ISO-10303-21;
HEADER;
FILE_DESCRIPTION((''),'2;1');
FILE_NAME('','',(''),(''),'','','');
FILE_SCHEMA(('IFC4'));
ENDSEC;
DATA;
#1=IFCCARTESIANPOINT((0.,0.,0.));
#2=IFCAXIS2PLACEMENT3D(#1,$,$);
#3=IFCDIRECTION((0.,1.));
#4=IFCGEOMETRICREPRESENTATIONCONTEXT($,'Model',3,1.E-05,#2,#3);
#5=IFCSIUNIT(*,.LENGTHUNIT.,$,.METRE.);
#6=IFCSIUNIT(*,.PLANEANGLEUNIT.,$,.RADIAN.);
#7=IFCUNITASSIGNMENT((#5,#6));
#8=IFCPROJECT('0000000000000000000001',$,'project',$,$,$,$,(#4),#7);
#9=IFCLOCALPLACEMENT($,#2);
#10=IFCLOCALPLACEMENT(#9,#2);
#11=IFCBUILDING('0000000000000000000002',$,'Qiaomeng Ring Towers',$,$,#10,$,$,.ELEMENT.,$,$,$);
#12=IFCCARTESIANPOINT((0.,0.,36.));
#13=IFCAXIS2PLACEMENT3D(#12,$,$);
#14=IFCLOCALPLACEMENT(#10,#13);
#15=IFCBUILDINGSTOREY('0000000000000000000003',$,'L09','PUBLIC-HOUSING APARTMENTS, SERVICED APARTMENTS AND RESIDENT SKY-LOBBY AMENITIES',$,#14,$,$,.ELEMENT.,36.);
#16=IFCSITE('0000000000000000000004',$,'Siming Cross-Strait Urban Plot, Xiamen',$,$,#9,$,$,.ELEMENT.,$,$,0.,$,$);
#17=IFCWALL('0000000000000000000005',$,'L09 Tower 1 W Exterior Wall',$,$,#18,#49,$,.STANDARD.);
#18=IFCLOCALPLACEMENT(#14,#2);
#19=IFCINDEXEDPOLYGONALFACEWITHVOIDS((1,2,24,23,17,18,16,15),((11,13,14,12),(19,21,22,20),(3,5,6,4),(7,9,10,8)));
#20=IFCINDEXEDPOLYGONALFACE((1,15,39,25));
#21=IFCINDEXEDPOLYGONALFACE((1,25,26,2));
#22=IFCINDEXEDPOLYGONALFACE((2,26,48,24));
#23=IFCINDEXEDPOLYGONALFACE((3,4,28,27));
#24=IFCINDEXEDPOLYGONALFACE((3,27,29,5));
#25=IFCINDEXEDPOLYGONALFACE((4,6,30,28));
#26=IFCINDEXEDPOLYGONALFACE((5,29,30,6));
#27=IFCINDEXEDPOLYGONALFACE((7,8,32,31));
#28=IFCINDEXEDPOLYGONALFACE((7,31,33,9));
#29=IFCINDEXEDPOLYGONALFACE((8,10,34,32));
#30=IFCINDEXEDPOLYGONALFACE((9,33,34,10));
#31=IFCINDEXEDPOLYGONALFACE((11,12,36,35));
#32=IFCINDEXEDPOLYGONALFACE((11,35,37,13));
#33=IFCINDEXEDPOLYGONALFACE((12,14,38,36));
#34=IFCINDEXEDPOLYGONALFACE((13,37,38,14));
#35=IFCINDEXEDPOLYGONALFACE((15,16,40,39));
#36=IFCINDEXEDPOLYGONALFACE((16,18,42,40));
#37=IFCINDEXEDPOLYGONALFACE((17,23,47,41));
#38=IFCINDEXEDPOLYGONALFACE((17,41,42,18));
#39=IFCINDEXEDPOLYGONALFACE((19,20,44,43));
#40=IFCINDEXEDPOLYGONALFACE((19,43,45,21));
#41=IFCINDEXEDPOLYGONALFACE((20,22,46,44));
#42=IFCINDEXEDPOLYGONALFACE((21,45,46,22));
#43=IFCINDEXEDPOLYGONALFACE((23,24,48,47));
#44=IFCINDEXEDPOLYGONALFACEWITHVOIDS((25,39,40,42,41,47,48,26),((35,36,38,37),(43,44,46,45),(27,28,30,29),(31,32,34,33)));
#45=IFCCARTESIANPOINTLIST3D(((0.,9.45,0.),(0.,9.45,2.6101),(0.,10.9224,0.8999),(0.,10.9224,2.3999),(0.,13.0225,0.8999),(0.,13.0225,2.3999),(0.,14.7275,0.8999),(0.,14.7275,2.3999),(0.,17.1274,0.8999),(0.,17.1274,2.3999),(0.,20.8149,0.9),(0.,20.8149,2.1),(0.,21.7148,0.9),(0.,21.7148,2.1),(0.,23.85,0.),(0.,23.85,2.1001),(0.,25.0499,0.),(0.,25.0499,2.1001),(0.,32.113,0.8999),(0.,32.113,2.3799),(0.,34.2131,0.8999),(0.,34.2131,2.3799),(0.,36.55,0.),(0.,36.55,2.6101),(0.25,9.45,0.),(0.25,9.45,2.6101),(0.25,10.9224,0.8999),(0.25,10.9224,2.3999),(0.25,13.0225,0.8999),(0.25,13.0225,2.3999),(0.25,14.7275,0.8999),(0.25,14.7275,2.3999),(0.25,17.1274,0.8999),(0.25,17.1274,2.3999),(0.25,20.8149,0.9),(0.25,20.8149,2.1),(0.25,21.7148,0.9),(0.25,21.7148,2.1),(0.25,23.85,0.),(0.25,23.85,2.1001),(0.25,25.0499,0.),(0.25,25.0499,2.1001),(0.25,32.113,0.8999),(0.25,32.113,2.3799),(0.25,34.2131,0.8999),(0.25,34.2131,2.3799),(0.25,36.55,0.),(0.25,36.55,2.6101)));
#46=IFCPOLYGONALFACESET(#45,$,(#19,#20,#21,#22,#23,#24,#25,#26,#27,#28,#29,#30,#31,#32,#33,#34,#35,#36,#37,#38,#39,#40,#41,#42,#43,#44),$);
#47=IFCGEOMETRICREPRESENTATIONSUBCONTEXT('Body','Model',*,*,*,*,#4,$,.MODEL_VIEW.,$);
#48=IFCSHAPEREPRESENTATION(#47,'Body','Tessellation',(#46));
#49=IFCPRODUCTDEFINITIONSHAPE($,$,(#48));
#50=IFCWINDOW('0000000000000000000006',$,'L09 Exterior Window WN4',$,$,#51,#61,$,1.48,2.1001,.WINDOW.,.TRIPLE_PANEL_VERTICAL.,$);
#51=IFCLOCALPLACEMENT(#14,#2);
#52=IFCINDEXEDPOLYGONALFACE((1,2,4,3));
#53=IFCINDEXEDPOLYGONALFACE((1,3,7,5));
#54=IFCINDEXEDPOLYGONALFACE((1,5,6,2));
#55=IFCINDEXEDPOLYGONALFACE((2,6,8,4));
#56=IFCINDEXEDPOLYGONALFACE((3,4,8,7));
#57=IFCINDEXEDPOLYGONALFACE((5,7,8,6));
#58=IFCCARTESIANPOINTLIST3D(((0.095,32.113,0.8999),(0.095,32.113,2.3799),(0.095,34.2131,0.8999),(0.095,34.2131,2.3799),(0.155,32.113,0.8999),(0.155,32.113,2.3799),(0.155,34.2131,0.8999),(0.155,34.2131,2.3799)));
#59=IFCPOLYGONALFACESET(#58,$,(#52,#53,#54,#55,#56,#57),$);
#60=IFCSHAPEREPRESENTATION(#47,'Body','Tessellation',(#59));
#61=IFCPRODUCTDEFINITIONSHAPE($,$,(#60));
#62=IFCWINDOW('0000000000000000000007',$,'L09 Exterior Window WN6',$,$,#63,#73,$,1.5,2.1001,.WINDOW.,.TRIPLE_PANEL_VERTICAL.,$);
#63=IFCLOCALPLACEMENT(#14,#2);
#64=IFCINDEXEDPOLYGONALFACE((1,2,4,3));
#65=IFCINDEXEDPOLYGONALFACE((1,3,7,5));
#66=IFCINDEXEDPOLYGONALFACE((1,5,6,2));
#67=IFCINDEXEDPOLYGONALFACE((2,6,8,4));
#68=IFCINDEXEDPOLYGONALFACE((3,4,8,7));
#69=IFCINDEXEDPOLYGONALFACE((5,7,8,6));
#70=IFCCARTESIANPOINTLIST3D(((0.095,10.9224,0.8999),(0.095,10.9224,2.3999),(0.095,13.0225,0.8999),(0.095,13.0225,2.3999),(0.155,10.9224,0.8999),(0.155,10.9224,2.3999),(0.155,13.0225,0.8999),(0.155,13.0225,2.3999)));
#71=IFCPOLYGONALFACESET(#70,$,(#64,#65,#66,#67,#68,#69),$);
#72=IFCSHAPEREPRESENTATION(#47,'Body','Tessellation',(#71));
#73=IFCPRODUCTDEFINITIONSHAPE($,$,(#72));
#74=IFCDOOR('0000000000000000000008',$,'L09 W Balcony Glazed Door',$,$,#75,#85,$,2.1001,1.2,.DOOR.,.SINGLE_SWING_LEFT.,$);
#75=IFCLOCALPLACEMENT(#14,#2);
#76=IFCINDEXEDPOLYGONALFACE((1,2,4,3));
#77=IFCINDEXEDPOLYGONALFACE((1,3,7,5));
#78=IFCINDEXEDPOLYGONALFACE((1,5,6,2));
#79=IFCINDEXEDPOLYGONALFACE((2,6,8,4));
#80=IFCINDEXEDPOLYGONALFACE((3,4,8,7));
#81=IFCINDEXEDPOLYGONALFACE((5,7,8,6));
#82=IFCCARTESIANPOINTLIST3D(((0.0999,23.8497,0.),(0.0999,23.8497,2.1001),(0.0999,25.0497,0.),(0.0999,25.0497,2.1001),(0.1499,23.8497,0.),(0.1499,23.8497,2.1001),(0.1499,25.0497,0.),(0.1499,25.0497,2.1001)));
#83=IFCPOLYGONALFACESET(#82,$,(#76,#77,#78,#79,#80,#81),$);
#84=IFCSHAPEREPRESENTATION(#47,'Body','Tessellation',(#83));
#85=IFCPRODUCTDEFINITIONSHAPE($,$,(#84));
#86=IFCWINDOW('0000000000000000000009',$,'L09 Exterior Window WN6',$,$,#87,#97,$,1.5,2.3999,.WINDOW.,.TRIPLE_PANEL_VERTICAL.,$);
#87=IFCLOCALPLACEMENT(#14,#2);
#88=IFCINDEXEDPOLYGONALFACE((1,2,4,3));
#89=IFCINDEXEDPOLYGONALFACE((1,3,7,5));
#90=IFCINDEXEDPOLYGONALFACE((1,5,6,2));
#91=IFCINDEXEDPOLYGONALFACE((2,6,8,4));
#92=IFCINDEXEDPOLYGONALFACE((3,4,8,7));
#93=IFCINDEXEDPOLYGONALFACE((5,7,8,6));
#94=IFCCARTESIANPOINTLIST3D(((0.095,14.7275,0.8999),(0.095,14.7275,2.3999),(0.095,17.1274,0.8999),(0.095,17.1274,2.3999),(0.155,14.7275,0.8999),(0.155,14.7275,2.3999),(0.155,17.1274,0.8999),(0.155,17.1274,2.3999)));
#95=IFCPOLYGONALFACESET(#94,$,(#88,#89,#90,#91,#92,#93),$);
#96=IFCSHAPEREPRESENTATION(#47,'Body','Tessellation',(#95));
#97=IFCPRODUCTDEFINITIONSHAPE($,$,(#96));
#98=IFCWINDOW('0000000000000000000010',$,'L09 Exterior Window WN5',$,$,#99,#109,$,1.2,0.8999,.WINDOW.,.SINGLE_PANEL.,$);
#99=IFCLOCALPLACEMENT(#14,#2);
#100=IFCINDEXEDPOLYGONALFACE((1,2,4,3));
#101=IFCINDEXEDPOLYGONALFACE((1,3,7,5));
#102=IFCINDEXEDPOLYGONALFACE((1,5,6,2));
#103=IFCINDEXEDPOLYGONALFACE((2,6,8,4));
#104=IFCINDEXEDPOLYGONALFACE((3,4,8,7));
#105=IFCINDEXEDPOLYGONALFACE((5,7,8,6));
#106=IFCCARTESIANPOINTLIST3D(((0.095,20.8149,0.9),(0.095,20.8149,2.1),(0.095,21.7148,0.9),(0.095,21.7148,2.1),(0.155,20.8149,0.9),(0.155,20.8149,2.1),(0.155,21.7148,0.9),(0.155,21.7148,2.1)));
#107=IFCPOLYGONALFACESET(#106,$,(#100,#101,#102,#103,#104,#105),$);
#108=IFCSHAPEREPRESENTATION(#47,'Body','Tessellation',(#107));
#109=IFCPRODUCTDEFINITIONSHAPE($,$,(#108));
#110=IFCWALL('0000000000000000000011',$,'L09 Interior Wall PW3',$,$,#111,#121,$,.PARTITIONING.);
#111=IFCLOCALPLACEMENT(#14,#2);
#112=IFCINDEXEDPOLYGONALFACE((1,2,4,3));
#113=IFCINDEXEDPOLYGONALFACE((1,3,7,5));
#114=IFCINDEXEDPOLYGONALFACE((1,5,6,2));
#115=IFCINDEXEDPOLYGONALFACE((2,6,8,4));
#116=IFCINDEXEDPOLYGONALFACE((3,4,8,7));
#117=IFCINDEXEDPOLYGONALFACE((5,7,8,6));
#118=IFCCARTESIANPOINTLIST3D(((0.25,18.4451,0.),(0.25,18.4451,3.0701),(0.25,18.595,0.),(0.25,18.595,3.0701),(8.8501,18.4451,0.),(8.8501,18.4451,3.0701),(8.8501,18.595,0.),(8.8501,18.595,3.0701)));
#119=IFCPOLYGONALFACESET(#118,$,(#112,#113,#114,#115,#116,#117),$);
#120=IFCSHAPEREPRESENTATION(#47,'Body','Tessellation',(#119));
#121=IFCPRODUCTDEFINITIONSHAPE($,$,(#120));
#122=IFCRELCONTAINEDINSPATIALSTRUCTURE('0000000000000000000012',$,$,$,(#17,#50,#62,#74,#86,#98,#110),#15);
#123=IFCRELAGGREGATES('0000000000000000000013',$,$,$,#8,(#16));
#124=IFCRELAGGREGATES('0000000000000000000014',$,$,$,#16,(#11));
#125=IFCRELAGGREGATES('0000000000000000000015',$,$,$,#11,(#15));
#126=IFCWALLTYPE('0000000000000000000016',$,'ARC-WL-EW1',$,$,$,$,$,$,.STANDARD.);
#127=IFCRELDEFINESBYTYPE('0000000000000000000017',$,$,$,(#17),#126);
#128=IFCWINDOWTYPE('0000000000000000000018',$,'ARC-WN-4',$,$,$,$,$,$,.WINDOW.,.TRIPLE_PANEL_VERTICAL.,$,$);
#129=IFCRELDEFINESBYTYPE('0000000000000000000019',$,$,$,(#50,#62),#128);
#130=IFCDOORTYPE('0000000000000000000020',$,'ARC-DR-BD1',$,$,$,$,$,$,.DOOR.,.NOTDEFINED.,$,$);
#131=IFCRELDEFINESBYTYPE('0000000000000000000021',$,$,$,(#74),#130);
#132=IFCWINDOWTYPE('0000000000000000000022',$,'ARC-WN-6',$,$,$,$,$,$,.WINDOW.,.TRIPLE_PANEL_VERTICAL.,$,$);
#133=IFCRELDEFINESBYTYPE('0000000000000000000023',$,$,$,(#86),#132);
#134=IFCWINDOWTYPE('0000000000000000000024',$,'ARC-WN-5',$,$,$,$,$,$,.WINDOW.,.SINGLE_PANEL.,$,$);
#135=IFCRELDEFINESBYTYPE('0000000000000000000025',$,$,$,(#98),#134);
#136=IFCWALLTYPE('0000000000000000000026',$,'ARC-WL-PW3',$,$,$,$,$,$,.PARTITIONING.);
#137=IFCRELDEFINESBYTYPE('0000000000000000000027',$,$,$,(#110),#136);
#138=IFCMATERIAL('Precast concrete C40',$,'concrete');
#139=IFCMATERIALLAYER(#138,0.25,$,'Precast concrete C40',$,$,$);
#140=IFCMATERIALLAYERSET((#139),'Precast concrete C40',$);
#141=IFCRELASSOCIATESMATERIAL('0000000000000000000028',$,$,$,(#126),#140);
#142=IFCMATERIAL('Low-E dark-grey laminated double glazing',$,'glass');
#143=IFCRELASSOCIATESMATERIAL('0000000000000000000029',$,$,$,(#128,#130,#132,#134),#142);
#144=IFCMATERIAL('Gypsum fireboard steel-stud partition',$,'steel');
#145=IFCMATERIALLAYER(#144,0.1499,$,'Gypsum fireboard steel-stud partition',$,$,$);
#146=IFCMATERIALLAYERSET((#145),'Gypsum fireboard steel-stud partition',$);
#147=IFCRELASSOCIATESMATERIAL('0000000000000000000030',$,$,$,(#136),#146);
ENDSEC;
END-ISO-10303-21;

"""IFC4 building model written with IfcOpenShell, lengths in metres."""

from ifc_helpers import new_model, si_unit, direction, frame, frame_2d, origin, place, context, subcontext, project, spatial, rectangle, extrude, source, transform, mapped, material, layer, layer_set, type_object, element, fill, save


model = new_model("IFC4")

# Units and contexts
model_context = context("Model", 3, precision=1e-05, world=origin(), true_north=direction((0.0, 1.0)))
body_context = subcontext(model_context, "Body", "Model", "MODEL_VIEW")
ifc_project = project(units=[si_unit("LENGTHUNIT", "METRE"), si_unit("PLANEANGLEUNIT", "RADIAN")], contexts=[model_context])

# Site, building, storey
site_placement = place(None, origin())
site = spatial("IfcSite", under=ifc_project, at=site_placement, Name="Siming Cross-Strait Urban Plot, Xiamen", CompositionType="ELEMENT", RefElevation=0.0)
building_placement = place(site_placement, origin())
building = spatial("IfcBuilding", under=site, at=building_placement, Name="Qiaomeng Ring Towers", CompositionType="ELEMENT")
storey_placement = place(building_placement, frame((0.0, 0.0, 36.0)))
storey = spatial("IfcBuildingStorey", under=building, at=storey_placement, Name="L09", Description="PUBLIC-HOUSING APARTMENTS, SERVICED APARTMENTS AND RESIDENT SKY-LOBBY AMENITIES", CompositionType="ELEMENT", Elevation=36.0)

# Wall, openings, windows, door
ifc_material_1 = material(Name="Precast concrete C40", Category="concrete")
ifc_layer_1 = layer(ifc_material_1, 0.25, Name="Precast concrete C40")
ifc_layer_set_1 = layer_set([ifc_layer_1], Name="Precast concrete C40")
wall_type_1 = type_object("IfcWallType", Name="ARC-WL-EW1", PredefinedType="STANDARD", material=ifc_layer_set_1)
wall_1_placement = place(storey_placement, frame((0.125, 9.45, 0.0), z_axis=(0.0, 0.0, 1.0), x_axis=(0.0, 1.0, 0.0)))
wall_1 = element("IfcWall", 1, at=wall_1_placement, inside=storey, type_object=wall_type_1, Name="L09 Tower 1 W Exterior Wall", PredefinedType="STANDARD", context=body_context, shape_type="SweptSolid", body=[
    extrude(rectangle(XDim=27.1001, YDim=0.25, at=frame_2d((13.55, 0.0))), origin(), (0.0, 0.0, 1.0), 2.6101),
])
opening_1_placement = place(wall_1_placement, frame((14.3999, 0.0, 0.0)))
opening_1 = element("IfcOpeningElement", 2, at=opening_1_placement, cuts=wall_1, PredefinedType="OPENING", context=body_context, shape_type="SweptSolid", body=[
    extrude(rectangle(XDim=1.2, YDim=2.1001, at=frame_2d((0.6001, 1.05))), frame((0.0, 0.135, 0.0), z_axis=(0.0, -1.0, 0.0), x_axis=(1.0, 0.0, 0.0)), (0.0, 0.0, 1.0), 0.27),
])
opening_2_placement = place(wall_1_placement, frame((1.4724, 0.0, 0.8999)))
opening_2 = element("IfcOpeningElement", 3, at=opening_2_placement, cuts=wall_1, PredefinedType="OPENING", context=body_context, shape_type="SweptSolid", body=[
    extrude(rectangle(XDim=2.1001, YDim=1.5, at=frame_2d((1.05, 0.75))), frame((0.0, 0.135, 0.0), z_axis=(0.0, -1.0, 0.0), x_axis=(1.0, 0.0, 0.0)), (0.0, 0.0, 1.0), 0.27),
])
opening_3_placement = place(wall_1_placement, frame((22.6631, 0.0, 0.8999)))
opening_3 = element("IfcOpeningElement", 4, at=opening_3_placement, cuts=wall_1, PredefinedType="OPENING", context=body_context, shape_type="SweptSolid", body=[
    extrude(rectangle(XDim=2.1001, YDim=1.48, at=frame_2d((1.05, 0.74))), frame((0.0, 0.135, 0.0), z_axis=(0.0, -1.0, 0.0), x_axis=(1.0, 0.0, 0.0)), (0.0, 0.0, 1.0), 0.27),
])
opening_4_placement = place(wall_1_placement, frame((5.2776, 0.0, 0.8999)))
opening_4 = element("IfcOpeningElement", 5, at=opening_4_placement, cuts=wall_1, PredefinedType="OPENING", context=body_context, shape_type="SweptSolid", body=[
    extrude(rectangle(XDim=2.3999, YDim=1.5, at=frame_2d((1.2, 0.75))), frame((0.0, 0.135, 0.0), z_axis=(0.0, -1.0, 0.0), x_axis=(1.0, 0.0, 0.0)), (0.0, 0.0, 1.0), 0.27),
])
opening_5_placement = place(wall_1_placement, frame((11.365, 0.0, 0.8999)))
opening_5 = element("IfcOpeningElement", 6, at=opening_5_placement, cuts=wall_1, PredefinedType="OPENING", context=body_context, shape_type="SweptSolid", body=[
    extrude(rectangle(XDim=0.8999, YDim=1.2, at=frame_2d((0.45, 0.6001))), frame((0.0, 0.135, 0.0), z_axis=(0.0, -1.0, 0.0), x_axis=(1.0, 0.0, 0.0)), (0.0, 0.0, 1.0), 0.27),
])
ifc_material_2 = material(Name="Low-E dark-grey laminated double glazing", Category="glass")
window_type_1 = type_object("IfcWindowType", Name="ARC-WN-4", PartitioningType="TRIPLE_PANEL_VERTICAL", PredefinedType="WINDOW", material=ifc_material_2)
shared_shape_1 = source(origin(), body_context, "Body", "SweptSolid", [
    extrude(rectangle(XDim=2.1001, YDim=1.48, at=frame_2d((1.05, 0.74))), frame((0.0, 0.03, 0.0), z_axis=(0.0, -1.0, 0.0), x_axis=(1.0, 0.0, 0.0)), (0.0, 0.0, 1.0), 0.0601),
])
window_1_placement = place(opening_3_placement, origin())
window_1 = element("IfcWindow", 7, at=window_1_placement, inside=storey, type_object=window_type_1, Name="L09 Exterior Window WN4", OverallHeight=1.48, OverallWidth=2.1001, PartitioningType="TRIPLE_PANEL_VERTICAL", PredefinedType="WINDOW", context=body_context, shape_type="MappedRepresentation", body=[
    mapped(shared_shape_1, transform((0.0, 0.0, 0.0), x_axis=(1.0, 0.0, 0.0), y_axis=(0.0, 1.0, 0.0), z_axis=(0.0, 0.0, 1.0), scale=1.0)),
])
fill(opening_3, window_1)
shared_shape_2 = source(origin(), body_context, "Body", "SweptSolid", [
    extrude(rectangle(XDim=2.1001, YDim=1.5, at=frame_2d((1.05, 0.75))), frame((0.0, 0.03, 0.0), z_axis=(0.0, -1.0, 0.0), x_axis=(1.0, 0.0, 0.0)), (0.0, 0.0, 1.0), 0.0601),
])
window_2_placement = place(opening_2_placement, origin())
window_2 = element("IfcWindow", 8, at=window_2_placement, inside=storey, type_object=window_type_1, Name="L09 Exterior Window WN6", OverallHeight=1.5, OverallWidth=2.1001, PartitioningType="TRIPLE_PANEL_VERTICAL", PredefinedType="WINDOW", context=body_context, shape_type="MappedRepresentation", body=[
    mapped(shared_shape_2, transform((0.0, 0.0, 0.0), x_axis=(1.0, 0.0, 0.0), y_axis=(0.0, 1.0, 0.0), z_axis=(0.0, 0.0, 1.0), scale=1.0)),
])
fill(opening_2, window_2)
door_type_1 = type_object("IfcDoorType", Name="ARC-DR-BD1", OperationType="NOTDEFINED", PredefinedType="DOOR", material=ifc_material_2)
shared_shape_3 = source(origin(), body_context, "Body", "SweptSolid", [
    extrude(rectangle(XDim=1.2, YDim=2.1001, at=frame_2d((0.6001, 1.05))), frame((0.0, 0.0249, 0.0), z_axis=(0.0, -1.0, 0.0), x_axis=(1.0, 0.0, 0.0)), (0.0, 0.0, 1.0), 0.05),
])
door_1_placement = place(opening_1_placement, frame((1.2, 0.0, 0.0), z_axis=(0.0, 0.0, 1.0), x_axis=(-1.0, 0.0, 0.0)))
door_1 = element("IfcDoor", 9, at=door_1_placement, inside=storey, type_object=door_type_1, Name="L09 W Balcony Glazed Door", OperationType="SINGLE_SWING_LEFT", OverallHeight=2.1001, OverallWidth=1.2, PredefinedType="DOOR", context=body_context, shape_type="MappedRepresentation", body=[
    mapped(shared_shape_3, transform((0.0, 0.0, 0.0), x_axis=(1.0, 0.0, 0.0), y_axis=(0.0, 1.0, 0.0), z_axis=(0.0, 0.0, 1.0), scale=1.0)),
])
fill(opening_1, door_1)
window_type_2 = type_object("IfcWindowType", Name="ARC-WN-6", PartitioningType="TRIPLE_PANEL_VERTICAL", PredefinedType="WINDOW", material=ifc_material_2)
shared_shape_4 = source(origin(), body_context, "Body", "SweptSolid", [
    extrude(rectangle(XDim=2.3999, YDim=1.5, at=frame_2d((1.2, 0.75))), frame((0.0, 0.03, 0.0), z_axis=(0.0, -1.0, 0.0), x_axis=(1.0, 0.0, 0.0)), (0.0, 0.0, 1.0), 0.0601),
])
window_3_placement = place(opening_4_placement, origin())
window_3 = element("IfcWindow", 10, at=window_3_placement, inside=storey, type_object=window_type_2, Name="L09 Exterior Window WN6", OverallHeight=1.5, OverallWidth=2.3999, PartitioningType="TRIPLE_PANEL_VERTICAL", PredefinedType="WINDOW", context=body_context, shape_type="MappedRepresentation", body=[
    mapped(shared_shape_4, transform((0.0, 0.0, 0.0), x_axis=(1.0, 0.0, 0.0), y_axis=(0.0, 1.0, 0.0), z_axis=(0.0, 0.0, 1.0), scale=1.0)),
])
fill(opening_4, window_3)
window_type_3 = type_object("IfcWindowType", Name="ARC-WN-5", PartitioningType="SINGLE_PANEL", PredefinedType="WINDOW", material=ifc_material_2)
shared_shape_5 = source(origin(), body_context, "Body", "SweptSolid", [
    extrude(rectangle(XDim=0.8999, YDim=1.2, at=frame_2d((0.45, 0.6001))), frame((0.0, 0.03, 0.0), z_axis=(0.0, -1.0, 0.0), x_axis=(1.0, 0.0, 0.0)), (0.0, 0.0, 1.0), 0.0601),
])
window_4_placement = place(opening_5_placement, origin())
window_4 = element("IfcWindow", 11, at=window_4_placement, inside=storey, type_object=window_type_3, Name="L09 Exterior Window WN5", OverallHeight=1.2, OverallWidth=0.8999, PartitioningType="SINGLE_PANEL", PredefinedType="WINDOW", context=body_context, shape_type="MappedRepresentation", body=[
    mapped(shared_shape_5, transform((0.0, 0.0, 0.0), x_axis=(1.0, 0.0, 0.0), y_axis=(0.0, 1.0, 0.0), z_axis=(0.0, 0.0, 1.0), scale=1.0)),
])
fill(opening_5, window_4)

# Wall
ifc_material_3 = material(Name="Gypsum fireboard steel-stud partition", Category="steel")
ifc_layer_2 = layer(ifc_material_3, 0.1499, Name="Gypsum fireboard steel-stud partition")
ifc_layer_set_2 = layer_set([ifc_layer_2], Name="Gypsum fireboard steel-stud partition")
wall_type_2 = type_object("IfcWallType", Name="ARC-WL-PW3", PredefinedType="PARTITIONING", material=ifc_layer_set_2)
wall_2_placement = place(storey_placement, frame((0.25, 18.52, 0.0), z_axis=(0.0, 0.0, 1.0), x_axis=(1.0, 0.0, 0.0)))
element("IfcWall", 12, at=wall_2_placement, inside=storey, type_object=wall_type_2, Name="L09 Interior Wall PW3", PredefinedType="PARTITIONING", context=body_context, shape_type="SweptSolid", body=[
    extrude(rectangle(XDim=8.6001, YDim=0.1499, at=frame_2d((4.3, 0.0))), origin(), (0.0, 0.0, 1.0), 3.0701),
])

save(model, "model.ifc")
